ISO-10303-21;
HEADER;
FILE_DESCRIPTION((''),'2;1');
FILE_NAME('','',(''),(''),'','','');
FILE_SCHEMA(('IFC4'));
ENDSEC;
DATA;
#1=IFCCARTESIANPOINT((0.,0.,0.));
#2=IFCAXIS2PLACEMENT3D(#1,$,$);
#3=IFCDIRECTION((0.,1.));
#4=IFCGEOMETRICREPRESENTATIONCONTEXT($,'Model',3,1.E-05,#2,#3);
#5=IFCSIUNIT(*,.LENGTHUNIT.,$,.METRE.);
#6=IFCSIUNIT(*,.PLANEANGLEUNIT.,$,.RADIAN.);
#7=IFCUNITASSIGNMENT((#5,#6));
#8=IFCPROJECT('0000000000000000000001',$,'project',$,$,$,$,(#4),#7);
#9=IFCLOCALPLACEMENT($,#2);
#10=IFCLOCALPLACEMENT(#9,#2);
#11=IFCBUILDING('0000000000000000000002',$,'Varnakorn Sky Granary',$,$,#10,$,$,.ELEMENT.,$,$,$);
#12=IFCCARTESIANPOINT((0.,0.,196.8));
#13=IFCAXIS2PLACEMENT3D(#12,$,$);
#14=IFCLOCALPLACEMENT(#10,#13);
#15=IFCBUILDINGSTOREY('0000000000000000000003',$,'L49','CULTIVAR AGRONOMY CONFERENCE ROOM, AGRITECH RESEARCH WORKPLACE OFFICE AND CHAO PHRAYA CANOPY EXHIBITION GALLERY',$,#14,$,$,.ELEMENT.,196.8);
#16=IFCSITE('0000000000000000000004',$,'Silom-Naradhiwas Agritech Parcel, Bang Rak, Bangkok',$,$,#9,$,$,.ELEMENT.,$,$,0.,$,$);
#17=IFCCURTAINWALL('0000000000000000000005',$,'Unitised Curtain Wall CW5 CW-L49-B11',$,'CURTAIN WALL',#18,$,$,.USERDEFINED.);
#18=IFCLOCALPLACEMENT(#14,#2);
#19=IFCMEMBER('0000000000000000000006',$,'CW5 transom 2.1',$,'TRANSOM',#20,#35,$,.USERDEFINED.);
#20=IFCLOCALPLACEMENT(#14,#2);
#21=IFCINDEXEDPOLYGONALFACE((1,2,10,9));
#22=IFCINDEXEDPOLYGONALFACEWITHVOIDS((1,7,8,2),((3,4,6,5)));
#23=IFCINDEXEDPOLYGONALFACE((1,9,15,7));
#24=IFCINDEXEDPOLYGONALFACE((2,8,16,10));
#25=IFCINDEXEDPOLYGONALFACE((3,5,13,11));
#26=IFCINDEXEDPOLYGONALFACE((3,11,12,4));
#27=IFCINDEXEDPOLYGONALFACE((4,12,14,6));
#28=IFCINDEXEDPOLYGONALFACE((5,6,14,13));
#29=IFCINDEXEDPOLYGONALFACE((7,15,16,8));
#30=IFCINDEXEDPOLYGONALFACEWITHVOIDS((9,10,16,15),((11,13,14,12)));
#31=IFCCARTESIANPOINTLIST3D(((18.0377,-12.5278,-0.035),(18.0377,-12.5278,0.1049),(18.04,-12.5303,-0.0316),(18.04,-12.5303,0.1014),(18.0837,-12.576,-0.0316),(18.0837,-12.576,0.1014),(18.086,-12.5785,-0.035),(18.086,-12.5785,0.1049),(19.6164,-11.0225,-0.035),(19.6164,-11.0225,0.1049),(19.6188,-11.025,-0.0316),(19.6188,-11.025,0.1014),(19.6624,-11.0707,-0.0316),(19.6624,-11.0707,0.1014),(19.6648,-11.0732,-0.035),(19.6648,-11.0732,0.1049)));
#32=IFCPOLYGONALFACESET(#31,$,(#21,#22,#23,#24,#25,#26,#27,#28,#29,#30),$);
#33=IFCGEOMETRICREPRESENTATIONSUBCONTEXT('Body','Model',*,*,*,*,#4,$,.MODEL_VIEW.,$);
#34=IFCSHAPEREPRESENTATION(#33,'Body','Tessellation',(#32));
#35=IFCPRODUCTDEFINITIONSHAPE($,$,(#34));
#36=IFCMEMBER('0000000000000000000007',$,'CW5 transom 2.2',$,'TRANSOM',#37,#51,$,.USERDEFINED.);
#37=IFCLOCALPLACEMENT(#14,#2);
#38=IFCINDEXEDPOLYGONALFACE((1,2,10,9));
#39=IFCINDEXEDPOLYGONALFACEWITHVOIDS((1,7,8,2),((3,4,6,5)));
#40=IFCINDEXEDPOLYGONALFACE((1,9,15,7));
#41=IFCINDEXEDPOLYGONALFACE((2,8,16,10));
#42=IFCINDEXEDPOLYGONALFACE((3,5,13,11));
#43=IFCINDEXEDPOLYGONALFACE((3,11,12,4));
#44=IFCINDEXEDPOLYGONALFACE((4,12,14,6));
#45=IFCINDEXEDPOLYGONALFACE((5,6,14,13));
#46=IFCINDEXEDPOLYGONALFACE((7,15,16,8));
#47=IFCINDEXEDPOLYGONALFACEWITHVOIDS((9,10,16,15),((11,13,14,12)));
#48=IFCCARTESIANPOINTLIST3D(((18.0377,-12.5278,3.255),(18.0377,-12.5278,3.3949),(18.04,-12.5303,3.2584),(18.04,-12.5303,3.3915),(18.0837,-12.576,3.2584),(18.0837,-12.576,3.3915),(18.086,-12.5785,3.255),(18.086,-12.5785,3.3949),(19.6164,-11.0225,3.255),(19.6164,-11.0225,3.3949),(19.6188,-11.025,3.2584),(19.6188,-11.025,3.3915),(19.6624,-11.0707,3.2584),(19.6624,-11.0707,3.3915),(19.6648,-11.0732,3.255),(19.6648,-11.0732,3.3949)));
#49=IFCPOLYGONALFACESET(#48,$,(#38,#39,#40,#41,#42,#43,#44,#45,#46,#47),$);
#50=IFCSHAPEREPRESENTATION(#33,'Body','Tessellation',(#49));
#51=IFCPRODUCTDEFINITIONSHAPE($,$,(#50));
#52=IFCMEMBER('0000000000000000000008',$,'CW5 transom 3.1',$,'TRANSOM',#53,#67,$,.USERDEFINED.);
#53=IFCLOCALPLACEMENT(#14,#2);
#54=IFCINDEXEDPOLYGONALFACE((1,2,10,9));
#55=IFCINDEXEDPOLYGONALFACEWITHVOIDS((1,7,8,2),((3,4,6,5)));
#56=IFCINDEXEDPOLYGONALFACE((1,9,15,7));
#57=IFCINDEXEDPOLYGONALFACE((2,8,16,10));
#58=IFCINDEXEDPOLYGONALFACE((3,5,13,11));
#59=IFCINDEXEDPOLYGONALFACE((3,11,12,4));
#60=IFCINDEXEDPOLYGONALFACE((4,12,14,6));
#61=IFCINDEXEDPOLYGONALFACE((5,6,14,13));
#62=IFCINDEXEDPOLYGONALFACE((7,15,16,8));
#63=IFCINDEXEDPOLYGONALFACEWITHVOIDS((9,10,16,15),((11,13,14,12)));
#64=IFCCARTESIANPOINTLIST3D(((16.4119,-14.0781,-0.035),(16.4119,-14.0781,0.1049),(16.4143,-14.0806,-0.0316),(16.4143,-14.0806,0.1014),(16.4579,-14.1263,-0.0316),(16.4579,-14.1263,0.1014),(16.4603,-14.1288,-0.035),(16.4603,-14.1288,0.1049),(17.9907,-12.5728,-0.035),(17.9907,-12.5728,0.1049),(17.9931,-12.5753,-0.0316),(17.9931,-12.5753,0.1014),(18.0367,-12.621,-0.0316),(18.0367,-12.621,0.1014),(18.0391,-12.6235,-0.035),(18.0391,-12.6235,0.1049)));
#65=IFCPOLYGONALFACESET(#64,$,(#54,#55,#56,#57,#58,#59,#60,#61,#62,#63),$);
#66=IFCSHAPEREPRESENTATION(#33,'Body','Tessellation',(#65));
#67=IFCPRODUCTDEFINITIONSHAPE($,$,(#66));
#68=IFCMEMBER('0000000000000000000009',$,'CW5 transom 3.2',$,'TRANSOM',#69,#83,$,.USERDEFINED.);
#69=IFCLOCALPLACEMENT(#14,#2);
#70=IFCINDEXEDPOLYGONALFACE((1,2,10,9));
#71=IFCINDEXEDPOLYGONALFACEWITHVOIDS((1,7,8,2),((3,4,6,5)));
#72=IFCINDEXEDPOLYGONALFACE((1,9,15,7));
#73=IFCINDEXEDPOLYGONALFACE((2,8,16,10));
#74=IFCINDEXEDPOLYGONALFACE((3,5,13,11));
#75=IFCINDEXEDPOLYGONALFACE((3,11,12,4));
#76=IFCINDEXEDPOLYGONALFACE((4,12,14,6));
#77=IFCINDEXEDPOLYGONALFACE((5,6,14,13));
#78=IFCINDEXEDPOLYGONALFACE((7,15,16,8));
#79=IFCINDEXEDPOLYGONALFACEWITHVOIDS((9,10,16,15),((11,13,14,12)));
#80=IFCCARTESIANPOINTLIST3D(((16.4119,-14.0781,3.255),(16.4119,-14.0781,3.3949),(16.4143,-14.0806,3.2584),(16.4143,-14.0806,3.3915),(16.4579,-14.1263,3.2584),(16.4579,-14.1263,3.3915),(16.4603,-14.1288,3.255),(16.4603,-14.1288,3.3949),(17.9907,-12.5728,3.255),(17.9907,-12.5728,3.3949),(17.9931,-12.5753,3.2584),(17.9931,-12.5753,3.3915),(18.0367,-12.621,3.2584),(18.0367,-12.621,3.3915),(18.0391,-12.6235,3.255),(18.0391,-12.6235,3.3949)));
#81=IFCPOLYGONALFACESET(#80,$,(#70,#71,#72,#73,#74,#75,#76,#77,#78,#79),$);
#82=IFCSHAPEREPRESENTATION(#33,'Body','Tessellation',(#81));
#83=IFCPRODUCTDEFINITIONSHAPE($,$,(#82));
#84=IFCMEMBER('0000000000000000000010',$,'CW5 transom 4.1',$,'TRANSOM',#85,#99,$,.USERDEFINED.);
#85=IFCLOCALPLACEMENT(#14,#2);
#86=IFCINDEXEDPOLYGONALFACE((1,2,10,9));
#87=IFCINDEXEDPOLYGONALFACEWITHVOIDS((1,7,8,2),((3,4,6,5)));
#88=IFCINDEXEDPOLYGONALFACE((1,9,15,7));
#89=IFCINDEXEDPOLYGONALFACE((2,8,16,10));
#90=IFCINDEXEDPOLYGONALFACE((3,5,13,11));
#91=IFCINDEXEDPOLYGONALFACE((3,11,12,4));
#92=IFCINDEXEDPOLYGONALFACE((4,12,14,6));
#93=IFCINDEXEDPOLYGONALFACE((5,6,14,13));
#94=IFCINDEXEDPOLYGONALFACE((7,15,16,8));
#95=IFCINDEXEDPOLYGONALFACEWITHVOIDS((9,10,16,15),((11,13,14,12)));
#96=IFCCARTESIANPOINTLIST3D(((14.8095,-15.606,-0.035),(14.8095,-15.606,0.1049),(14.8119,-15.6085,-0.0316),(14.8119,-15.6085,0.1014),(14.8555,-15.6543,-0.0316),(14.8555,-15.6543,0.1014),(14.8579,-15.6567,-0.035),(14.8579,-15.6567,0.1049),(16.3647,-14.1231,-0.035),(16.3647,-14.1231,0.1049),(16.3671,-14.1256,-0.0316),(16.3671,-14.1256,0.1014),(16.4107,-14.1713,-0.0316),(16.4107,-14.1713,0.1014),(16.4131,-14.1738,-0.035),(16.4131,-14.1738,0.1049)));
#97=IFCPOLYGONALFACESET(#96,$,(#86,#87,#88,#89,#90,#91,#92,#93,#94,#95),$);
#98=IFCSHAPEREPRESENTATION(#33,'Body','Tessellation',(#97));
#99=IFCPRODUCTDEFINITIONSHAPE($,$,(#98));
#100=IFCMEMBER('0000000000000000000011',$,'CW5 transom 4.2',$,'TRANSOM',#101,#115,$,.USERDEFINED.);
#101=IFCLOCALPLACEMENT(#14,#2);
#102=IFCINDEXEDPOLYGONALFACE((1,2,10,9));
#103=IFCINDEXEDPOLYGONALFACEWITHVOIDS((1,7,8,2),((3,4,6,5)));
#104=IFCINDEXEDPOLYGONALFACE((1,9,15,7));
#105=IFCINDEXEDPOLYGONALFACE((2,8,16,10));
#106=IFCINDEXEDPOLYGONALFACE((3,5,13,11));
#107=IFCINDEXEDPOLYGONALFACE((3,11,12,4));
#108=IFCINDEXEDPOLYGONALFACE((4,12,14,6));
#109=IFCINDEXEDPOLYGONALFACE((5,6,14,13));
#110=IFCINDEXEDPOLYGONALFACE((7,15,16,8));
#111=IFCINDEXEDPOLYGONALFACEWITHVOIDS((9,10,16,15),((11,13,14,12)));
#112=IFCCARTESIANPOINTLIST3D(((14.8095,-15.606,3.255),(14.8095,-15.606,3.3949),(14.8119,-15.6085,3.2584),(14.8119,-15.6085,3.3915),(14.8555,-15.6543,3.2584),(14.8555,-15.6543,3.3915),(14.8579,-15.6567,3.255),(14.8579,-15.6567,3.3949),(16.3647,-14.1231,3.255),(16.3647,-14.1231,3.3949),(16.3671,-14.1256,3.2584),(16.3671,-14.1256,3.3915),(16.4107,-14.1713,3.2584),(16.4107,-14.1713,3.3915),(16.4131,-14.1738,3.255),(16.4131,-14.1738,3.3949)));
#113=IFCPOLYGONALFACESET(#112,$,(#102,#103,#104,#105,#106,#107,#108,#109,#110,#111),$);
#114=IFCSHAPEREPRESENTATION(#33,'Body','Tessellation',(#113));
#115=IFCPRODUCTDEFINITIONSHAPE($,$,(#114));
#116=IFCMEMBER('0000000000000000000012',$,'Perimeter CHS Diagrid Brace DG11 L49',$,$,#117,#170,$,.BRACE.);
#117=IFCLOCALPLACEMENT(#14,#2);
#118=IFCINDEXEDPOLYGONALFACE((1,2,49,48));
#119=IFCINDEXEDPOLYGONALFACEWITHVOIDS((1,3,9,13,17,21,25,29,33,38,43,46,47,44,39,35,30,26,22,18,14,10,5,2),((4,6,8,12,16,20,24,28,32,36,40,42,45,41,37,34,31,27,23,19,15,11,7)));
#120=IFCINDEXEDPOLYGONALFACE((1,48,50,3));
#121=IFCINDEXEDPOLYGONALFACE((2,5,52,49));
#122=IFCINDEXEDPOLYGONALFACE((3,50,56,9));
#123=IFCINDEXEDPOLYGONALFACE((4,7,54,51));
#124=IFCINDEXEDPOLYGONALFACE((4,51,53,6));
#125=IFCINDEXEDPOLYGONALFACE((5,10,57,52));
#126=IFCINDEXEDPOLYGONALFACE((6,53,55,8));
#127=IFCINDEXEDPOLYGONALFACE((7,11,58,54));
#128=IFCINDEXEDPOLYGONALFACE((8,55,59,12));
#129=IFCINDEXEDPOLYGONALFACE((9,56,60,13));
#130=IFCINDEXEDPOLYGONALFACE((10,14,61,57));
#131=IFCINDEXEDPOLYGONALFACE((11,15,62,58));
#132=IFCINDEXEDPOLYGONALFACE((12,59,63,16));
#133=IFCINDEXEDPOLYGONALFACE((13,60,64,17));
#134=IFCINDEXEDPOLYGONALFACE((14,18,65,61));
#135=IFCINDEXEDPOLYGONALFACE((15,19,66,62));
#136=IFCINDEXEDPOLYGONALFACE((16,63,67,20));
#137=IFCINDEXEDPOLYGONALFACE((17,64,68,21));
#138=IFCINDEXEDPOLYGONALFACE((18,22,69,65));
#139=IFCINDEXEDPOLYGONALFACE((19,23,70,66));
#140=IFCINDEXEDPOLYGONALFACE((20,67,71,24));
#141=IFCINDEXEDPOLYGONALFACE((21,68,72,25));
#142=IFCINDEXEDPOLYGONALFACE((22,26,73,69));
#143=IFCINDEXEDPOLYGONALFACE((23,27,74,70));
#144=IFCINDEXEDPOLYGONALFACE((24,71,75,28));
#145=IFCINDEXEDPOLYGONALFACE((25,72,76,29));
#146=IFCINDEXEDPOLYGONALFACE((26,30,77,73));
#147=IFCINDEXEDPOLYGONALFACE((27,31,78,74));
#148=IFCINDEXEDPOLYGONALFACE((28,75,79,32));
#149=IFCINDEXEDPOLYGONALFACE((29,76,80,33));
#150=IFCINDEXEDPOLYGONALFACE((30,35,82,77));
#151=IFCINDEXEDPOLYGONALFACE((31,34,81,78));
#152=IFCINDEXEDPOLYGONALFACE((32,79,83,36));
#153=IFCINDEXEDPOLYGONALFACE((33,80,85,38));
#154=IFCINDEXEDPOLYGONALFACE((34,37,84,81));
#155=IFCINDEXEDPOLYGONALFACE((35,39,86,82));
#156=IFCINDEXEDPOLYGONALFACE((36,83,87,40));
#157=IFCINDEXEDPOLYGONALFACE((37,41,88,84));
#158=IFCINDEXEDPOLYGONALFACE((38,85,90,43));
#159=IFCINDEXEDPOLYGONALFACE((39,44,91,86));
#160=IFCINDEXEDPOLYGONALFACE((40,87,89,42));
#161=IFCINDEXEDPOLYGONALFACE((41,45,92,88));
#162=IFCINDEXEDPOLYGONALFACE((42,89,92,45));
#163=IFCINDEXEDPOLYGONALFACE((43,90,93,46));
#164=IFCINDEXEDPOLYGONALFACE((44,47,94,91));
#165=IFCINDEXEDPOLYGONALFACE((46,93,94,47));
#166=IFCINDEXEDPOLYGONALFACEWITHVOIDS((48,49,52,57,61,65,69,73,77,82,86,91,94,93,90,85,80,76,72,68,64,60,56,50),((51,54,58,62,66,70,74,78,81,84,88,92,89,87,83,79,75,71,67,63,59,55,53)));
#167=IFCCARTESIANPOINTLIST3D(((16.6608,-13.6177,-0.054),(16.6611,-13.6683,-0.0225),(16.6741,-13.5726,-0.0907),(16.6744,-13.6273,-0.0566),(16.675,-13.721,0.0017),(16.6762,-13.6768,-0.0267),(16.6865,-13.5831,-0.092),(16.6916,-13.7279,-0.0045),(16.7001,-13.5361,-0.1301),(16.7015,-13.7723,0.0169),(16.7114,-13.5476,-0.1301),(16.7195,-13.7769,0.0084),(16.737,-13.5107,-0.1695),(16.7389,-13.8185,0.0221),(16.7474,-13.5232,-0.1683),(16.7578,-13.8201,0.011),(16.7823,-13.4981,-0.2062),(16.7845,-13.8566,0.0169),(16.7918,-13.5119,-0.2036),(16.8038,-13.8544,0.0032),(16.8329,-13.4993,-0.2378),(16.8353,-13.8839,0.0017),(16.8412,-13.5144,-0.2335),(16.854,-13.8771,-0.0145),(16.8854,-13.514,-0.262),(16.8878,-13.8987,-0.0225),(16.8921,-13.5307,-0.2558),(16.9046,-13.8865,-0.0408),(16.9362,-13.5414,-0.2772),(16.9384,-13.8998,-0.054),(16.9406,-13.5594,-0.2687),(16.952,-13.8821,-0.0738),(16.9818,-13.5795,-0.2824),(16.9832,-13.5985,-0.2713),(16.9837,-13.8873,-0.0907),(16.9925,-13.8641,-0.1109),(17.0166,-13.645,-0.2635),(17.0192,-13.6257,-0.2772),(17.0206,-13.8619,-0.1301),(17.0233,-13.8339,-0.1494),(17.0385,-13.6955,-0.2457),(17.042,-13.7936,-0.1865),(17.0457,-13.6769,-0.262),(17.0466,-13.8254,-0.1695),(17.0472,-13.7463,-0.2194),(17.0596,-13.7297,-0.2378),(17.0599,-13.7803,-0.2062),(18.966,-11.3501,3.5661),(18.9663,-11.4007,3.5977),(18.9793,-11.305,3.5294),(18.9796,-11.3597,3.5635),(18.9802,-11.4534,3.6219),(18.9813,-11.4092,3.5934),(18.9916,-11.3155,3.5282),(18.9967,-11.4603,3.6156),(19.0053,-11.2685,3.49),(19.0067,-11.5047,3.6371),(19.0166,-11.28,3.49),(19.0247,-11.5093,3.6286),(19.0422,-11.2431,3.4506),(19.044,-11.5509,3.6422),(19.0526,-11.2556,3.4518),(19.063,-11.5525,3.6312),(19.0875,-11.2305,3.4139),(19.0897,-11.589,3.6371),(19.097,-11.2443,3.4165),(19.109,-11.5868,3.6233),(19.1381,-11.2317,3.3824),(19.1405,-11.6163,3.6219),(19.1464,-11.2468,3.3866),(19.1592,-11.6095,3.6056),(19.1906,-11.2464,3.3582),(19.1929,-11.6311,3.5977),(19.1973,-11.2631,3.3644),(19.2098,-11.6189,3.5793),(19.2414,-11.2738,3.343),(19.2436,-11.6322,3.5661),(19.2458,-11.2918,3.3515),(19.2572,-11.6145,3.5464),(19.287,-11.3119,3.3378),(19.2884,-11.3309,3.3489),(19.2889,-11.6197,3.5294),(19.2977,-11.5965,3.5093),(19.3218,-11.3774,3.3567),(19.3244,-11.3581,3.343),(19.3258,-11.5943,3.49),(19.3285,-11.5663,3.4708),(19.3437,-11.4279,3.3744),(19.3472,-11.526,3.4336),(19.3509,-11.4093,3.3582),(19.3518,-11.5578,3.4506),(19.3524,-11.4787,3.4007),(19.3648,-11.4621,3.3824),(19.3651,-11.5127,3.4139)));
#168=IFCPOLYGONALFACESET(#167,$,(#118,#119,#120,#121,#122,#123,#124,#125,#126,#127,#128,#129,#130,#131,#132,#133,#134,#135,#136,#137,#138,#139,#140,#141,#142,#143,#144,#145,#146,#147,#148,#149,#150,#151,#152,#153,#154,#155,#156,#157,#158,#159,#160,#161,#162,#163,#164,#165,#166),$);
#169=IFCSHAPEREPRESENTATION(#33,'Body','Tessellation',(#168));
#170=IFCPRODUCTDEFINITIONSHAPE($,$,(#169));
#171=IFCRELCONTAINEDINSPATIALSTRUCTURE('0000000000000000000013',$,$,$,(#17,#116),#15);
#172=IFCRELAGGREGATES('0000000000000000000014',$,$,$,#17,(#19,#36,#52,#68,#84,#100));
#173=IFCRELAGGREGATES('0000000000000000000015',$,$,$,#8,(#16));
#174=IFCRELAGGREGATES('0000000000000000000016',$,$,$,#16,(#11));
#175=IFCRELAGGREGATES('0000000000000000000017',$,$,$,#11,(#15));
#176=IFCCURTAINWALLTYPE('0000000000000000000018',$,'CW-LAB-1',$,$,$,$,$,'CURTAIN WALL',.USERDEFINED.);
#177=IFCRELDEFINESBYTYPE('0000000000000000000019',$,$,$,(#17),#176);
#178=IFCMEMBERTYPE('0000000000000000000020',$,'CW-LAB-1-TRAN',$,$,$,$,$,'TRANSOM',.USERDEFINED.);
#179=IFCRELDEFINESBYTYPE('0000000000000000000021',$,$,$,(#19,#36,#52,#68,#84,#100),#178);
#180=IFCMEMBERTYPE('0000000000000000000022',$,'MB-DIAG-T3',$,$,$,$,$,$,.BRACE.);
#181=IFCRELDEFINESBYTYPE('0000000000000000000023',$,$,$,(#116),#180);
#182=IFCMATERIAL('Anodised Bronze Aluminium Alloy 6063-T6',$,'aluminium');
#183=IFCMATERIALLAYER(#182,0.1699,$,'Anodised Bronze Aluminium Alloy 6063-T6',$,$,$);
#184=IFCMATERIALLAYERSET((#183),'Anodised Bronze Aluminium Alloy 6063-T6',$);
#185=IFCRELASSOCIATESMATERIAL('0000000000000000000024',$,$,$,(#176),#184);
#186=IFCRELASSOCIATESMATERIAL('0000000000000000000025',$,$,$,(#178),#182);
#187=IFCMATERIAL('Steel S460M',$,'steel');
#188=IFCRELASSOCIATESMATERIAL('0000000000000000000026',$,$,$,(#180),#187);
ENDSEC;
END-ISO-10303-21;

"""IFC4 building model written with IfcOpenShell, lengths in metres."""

from ifc_helpers import new_model, si_unit, direction, frame, origin, origin_2d, place, context, subcontext, project, spatial, hollow_rectangle, hollow_circle, extrude, material, layer, layer_set, material_profile, profile_set, type_object, element, aggregate, save


model = new_model("IFC4")

# Units and contexts
model_context = context("Model", 3, precision=1e-05, world=origin(), true_north=direction((0.0, 1.0)))
body_context = subcontext(model_context, "Body", "Model", "MODEL_VIEW")
ifc_project = project(units=[si_unit("LENGTHUNIT", "METRE"), si_unit("PLANEANGLEUNIT", "RADIAN")], contexts=[model_context])

# Site, building, storey
site_placement = place(None, origin())
site = spatial("IfcSite", under=ifc_project, at=site_placement, Name="Silom-Naradhiwas Agritech Parcel, Bang Rak, Bangkok", CompositionType="ELEMENT", RefElevation=0.0)
building_placement = place(site_placement, origin())
building = spatial("IfcBuilding", under=site, at=building_placement, Name="Varnakorn Sky Granary", CompositionType="ELEMENT")
storey_placement = place(building_placement, frame((0.0, 0.0, 196.8)))
storey = spatial("IfcBuildingStorey", under=building, at=storey_placement, Name="L49", Description="CULTIVAR AGRONOMY CONFERENCE ROOM, AGRITECH RESEARCH WORKPLACE OFFICE AND CHAO PHRAYA CANOPY EXHIBITION GALLERY", CompositionType="ELEMENT", Elevation=196.8)

# Shared definitions
ifc_material_1 = material(Name="Steel S460M", Category="steel")

# Shared definitions
ifc_material_2 = material(Name="Anodised Bronze Aluminium Alloy 6063-T6", Category="aluminium")
ifc_layer_1 = layer(ifc_material_2, 0.1699, Name="Anodised Bronze Aluminium Alloy 6063-T6")
ifc_layer_set_1 = layer_set([ifc_layer_1], Name="Anodised Bronze Aluminium Alloy 6063-T6")
curtain_wall_type = type_object("IfcCurtainWallType", Name="CW-LAB-1", ElementType="CURTAIN WALL", PredefinedType="USERDEFINED", material=ifc_layer_set_1)

# Curtain wall
curtain_wall_1_placement = place(storey_placement, origin())
curtain_wall_1 = element("IfcCurtainWall", 1, at=curtain_wall_1_placement, inside=storey, type_object=curtain_wall_type, Name="Unitised Curtain Wall CW5 CW-L49-B11", ObjectType="CURTAIN WALL", PredefinedType="USERDEFINED")

# Members
ifc_material_profile_1 = material_profile(ifc_material_2, hollow_rectangle(XDim=0.0701, YDim=0.1399, WallThickness=0.0034, at=origin_2d()), Name="ALU TRAN 70x140")
ifc_profile_set_1 = profile_set([ifc_material_profile_1], Name="Anodised Bronze Aluminium Alloy 6063-T6")
member_type_1 = type_object("IfcMemberType", Name="CW-LAB-1-TRAN", ElementType="TRANSOM", PredefinedType="USERDEFINED", material=ifc_profile_set_1)
member_1_placement = place(storey_placement, frame((19.6406, -11.0479, 0.0349), z_axis=(-0.723749, -0.690063, 0.0), x_axis=(0.690063, -0.723749, 0.0)))
member_1 = element("IfcMember", 2, at=member_1_placement, type_object=member_type_1, Name="CW5 transom 2.1", ObjectType="TRANSOM", PredefinedType="USERDEFINED", context=body_context, shape_type="SweptSolid", body=[
    extrude(hollow_rectangle(XDim=0.0701, YDim=0.1399, WallThickness=0.0034, at=origin_2d()), origin(), (0.0, 0.0, 1.0), 2.1814),
])
member_2_placement = place(storey_placement, frame((19.6406, -11.0479, 3.325), z_axis=(-0.723749, -0.690063, 0.0), x_axis=(0.690063, -0.723749, 0.0)))
member_2 = element("IfcMember", 3, at=member_2_placement, type_object=member_type_1, Name="CW5 transom 2.2", ObjectType="TRANSOM", PredefinedType="USERDEFINED", context=body_context, shape_type="SweptSolid", body=[
    extrude(hollow_rectangle(XDim=0.0701, YDim=0.1399, WallThickness=0.0034, at=origin_2d()), origin(), (0.0, 0.0, 1.0), 2.1814),
])
member_3_placement = place(storey_placement, frame((18.0149, -12.5981, 0.0349), z_axis=(-0.723749, -0.690063, 0.0), x_axis=(0.690063, -0.723749, 0.0)))
member_3 = element("IfcMember", 4, at=member_3_placement, type_object=member_type_1, Name="CW5 transom 3.1", ObjectType="TRANSOM", PredefinedType="USERDEFINED", context=body_context, shape_type="SweptSolid", body=[
    extrude(hollow_rectangle(XDim=0.0701, YDim=0.1399, WallThickness=0.0034, at=origin_2d()), origin(), (0.0, 0.0, 1.0), 2.1814),
])
member_4_placement = place(storey_placement, frame((18.0149, -12.5981, 3.325), z_axis=(-0.723749, -0.690063, 0.0), x_axis=(0.690063, -0.723749, 0.0)))
member_4 = element("IfcMember", 5, at=member_4_placement, type_object=member_type_1, Name="CW5 transom 3.2", ObjectType="TRANSOM", PredefinedType="USERDEFINED", context=body_context, shape_type="SweptSolid", body=[
    extrude(hollow_rectangle(XDim=0.0701, YDim=0.1399, WallThickness=0.0034, at=origin_2d()), origin(), (0.0, 0.0, 1.0), 2.1814),
])
member_5_placement = place(storey_placement, frame((16.3889, -14.1484, 0.0349), z_axis=(-0.723722, -0.690092, 0.0), x_axis=(0.690092, -0.723722, 0.0)))
member_5 = element("IfcMember", 6, at=member_5_placement, type_object=member_type_1, Name="CW5 transom 4.1", ObjectType="TRANSOM", PredefinedType="USERDEFINED", context=body_context, shape_type="SweptSolid", body=[
    extrude(hollow_rectangle(XDim=0.0701, YDim=0.1399, WallThickness=0.0034, at=origin_2d()), origin(), (0.0, 0.0, 1.0), 2.1489),
])
member_6_placement = place(storey_placement, frame((16.3889, -14.1484, 3.325), z_axis=(-0.723722, -0.690092, 0.0), x_axis=(0.690092, -0.723722, 0.0)))
member_6 = element("IfcMember", 7, at=member_6_placement, type_object=member_type_1, Name="CW5 transom 4.2", ObjectType="TRANSOM", PredefinedType="USERDEFINED", context=body_context, shape_type="SweptSolid", body=[
    extrude(hollow_rectangle(XDim=0.0701, YDim=0.1399, WallThickness=0.0034, at=origin_2d()), origin(), (0.0, 0.0, 1.0), 2.1489),
])

# Member
ifc_material_profile_2 = material_profile(ifc_material_1, hollow_circle(Radius=0.2285, WallThickness=0.0161, at=origin_2d()), Name="CHS 457x16")
ifc_profile_set_2 = profile_set([ifc_material_profile_2], Name="Steel S460M")
member_type_2 = type_object("IfcMemberType", Name="MB-DIAG-T3", PredefinedType="BRACE", material=ifc_profile_set_2)
member_7_placement = place(storey_placement, frame((16.8604, -13.699, -0.1301), z_axis=(0.474906, 0.46716, 0.745806), x_axis=(-0.701269, 0.712897, 0.0)))
element("IfcMember", 8, at=member_7_placement, inside=storey, type_object=member_type_2, Name="Perimeter CHS Diagrid Brace DG11 L49", PredefinedType="BRACE", context=body_context, shape_type="SweptSolid", body=[
    extrude(hollow_circle(Radius=0.2285, WallThickness=0.0161, at=origin_2d()), origin(), (0.0, 0.0, 1.0), 4.854),
])

aggregate(curtain_wall_1, [member_1, member_2, member_3, member_4, member_5, member_6])

save(model, "model.ifc")
